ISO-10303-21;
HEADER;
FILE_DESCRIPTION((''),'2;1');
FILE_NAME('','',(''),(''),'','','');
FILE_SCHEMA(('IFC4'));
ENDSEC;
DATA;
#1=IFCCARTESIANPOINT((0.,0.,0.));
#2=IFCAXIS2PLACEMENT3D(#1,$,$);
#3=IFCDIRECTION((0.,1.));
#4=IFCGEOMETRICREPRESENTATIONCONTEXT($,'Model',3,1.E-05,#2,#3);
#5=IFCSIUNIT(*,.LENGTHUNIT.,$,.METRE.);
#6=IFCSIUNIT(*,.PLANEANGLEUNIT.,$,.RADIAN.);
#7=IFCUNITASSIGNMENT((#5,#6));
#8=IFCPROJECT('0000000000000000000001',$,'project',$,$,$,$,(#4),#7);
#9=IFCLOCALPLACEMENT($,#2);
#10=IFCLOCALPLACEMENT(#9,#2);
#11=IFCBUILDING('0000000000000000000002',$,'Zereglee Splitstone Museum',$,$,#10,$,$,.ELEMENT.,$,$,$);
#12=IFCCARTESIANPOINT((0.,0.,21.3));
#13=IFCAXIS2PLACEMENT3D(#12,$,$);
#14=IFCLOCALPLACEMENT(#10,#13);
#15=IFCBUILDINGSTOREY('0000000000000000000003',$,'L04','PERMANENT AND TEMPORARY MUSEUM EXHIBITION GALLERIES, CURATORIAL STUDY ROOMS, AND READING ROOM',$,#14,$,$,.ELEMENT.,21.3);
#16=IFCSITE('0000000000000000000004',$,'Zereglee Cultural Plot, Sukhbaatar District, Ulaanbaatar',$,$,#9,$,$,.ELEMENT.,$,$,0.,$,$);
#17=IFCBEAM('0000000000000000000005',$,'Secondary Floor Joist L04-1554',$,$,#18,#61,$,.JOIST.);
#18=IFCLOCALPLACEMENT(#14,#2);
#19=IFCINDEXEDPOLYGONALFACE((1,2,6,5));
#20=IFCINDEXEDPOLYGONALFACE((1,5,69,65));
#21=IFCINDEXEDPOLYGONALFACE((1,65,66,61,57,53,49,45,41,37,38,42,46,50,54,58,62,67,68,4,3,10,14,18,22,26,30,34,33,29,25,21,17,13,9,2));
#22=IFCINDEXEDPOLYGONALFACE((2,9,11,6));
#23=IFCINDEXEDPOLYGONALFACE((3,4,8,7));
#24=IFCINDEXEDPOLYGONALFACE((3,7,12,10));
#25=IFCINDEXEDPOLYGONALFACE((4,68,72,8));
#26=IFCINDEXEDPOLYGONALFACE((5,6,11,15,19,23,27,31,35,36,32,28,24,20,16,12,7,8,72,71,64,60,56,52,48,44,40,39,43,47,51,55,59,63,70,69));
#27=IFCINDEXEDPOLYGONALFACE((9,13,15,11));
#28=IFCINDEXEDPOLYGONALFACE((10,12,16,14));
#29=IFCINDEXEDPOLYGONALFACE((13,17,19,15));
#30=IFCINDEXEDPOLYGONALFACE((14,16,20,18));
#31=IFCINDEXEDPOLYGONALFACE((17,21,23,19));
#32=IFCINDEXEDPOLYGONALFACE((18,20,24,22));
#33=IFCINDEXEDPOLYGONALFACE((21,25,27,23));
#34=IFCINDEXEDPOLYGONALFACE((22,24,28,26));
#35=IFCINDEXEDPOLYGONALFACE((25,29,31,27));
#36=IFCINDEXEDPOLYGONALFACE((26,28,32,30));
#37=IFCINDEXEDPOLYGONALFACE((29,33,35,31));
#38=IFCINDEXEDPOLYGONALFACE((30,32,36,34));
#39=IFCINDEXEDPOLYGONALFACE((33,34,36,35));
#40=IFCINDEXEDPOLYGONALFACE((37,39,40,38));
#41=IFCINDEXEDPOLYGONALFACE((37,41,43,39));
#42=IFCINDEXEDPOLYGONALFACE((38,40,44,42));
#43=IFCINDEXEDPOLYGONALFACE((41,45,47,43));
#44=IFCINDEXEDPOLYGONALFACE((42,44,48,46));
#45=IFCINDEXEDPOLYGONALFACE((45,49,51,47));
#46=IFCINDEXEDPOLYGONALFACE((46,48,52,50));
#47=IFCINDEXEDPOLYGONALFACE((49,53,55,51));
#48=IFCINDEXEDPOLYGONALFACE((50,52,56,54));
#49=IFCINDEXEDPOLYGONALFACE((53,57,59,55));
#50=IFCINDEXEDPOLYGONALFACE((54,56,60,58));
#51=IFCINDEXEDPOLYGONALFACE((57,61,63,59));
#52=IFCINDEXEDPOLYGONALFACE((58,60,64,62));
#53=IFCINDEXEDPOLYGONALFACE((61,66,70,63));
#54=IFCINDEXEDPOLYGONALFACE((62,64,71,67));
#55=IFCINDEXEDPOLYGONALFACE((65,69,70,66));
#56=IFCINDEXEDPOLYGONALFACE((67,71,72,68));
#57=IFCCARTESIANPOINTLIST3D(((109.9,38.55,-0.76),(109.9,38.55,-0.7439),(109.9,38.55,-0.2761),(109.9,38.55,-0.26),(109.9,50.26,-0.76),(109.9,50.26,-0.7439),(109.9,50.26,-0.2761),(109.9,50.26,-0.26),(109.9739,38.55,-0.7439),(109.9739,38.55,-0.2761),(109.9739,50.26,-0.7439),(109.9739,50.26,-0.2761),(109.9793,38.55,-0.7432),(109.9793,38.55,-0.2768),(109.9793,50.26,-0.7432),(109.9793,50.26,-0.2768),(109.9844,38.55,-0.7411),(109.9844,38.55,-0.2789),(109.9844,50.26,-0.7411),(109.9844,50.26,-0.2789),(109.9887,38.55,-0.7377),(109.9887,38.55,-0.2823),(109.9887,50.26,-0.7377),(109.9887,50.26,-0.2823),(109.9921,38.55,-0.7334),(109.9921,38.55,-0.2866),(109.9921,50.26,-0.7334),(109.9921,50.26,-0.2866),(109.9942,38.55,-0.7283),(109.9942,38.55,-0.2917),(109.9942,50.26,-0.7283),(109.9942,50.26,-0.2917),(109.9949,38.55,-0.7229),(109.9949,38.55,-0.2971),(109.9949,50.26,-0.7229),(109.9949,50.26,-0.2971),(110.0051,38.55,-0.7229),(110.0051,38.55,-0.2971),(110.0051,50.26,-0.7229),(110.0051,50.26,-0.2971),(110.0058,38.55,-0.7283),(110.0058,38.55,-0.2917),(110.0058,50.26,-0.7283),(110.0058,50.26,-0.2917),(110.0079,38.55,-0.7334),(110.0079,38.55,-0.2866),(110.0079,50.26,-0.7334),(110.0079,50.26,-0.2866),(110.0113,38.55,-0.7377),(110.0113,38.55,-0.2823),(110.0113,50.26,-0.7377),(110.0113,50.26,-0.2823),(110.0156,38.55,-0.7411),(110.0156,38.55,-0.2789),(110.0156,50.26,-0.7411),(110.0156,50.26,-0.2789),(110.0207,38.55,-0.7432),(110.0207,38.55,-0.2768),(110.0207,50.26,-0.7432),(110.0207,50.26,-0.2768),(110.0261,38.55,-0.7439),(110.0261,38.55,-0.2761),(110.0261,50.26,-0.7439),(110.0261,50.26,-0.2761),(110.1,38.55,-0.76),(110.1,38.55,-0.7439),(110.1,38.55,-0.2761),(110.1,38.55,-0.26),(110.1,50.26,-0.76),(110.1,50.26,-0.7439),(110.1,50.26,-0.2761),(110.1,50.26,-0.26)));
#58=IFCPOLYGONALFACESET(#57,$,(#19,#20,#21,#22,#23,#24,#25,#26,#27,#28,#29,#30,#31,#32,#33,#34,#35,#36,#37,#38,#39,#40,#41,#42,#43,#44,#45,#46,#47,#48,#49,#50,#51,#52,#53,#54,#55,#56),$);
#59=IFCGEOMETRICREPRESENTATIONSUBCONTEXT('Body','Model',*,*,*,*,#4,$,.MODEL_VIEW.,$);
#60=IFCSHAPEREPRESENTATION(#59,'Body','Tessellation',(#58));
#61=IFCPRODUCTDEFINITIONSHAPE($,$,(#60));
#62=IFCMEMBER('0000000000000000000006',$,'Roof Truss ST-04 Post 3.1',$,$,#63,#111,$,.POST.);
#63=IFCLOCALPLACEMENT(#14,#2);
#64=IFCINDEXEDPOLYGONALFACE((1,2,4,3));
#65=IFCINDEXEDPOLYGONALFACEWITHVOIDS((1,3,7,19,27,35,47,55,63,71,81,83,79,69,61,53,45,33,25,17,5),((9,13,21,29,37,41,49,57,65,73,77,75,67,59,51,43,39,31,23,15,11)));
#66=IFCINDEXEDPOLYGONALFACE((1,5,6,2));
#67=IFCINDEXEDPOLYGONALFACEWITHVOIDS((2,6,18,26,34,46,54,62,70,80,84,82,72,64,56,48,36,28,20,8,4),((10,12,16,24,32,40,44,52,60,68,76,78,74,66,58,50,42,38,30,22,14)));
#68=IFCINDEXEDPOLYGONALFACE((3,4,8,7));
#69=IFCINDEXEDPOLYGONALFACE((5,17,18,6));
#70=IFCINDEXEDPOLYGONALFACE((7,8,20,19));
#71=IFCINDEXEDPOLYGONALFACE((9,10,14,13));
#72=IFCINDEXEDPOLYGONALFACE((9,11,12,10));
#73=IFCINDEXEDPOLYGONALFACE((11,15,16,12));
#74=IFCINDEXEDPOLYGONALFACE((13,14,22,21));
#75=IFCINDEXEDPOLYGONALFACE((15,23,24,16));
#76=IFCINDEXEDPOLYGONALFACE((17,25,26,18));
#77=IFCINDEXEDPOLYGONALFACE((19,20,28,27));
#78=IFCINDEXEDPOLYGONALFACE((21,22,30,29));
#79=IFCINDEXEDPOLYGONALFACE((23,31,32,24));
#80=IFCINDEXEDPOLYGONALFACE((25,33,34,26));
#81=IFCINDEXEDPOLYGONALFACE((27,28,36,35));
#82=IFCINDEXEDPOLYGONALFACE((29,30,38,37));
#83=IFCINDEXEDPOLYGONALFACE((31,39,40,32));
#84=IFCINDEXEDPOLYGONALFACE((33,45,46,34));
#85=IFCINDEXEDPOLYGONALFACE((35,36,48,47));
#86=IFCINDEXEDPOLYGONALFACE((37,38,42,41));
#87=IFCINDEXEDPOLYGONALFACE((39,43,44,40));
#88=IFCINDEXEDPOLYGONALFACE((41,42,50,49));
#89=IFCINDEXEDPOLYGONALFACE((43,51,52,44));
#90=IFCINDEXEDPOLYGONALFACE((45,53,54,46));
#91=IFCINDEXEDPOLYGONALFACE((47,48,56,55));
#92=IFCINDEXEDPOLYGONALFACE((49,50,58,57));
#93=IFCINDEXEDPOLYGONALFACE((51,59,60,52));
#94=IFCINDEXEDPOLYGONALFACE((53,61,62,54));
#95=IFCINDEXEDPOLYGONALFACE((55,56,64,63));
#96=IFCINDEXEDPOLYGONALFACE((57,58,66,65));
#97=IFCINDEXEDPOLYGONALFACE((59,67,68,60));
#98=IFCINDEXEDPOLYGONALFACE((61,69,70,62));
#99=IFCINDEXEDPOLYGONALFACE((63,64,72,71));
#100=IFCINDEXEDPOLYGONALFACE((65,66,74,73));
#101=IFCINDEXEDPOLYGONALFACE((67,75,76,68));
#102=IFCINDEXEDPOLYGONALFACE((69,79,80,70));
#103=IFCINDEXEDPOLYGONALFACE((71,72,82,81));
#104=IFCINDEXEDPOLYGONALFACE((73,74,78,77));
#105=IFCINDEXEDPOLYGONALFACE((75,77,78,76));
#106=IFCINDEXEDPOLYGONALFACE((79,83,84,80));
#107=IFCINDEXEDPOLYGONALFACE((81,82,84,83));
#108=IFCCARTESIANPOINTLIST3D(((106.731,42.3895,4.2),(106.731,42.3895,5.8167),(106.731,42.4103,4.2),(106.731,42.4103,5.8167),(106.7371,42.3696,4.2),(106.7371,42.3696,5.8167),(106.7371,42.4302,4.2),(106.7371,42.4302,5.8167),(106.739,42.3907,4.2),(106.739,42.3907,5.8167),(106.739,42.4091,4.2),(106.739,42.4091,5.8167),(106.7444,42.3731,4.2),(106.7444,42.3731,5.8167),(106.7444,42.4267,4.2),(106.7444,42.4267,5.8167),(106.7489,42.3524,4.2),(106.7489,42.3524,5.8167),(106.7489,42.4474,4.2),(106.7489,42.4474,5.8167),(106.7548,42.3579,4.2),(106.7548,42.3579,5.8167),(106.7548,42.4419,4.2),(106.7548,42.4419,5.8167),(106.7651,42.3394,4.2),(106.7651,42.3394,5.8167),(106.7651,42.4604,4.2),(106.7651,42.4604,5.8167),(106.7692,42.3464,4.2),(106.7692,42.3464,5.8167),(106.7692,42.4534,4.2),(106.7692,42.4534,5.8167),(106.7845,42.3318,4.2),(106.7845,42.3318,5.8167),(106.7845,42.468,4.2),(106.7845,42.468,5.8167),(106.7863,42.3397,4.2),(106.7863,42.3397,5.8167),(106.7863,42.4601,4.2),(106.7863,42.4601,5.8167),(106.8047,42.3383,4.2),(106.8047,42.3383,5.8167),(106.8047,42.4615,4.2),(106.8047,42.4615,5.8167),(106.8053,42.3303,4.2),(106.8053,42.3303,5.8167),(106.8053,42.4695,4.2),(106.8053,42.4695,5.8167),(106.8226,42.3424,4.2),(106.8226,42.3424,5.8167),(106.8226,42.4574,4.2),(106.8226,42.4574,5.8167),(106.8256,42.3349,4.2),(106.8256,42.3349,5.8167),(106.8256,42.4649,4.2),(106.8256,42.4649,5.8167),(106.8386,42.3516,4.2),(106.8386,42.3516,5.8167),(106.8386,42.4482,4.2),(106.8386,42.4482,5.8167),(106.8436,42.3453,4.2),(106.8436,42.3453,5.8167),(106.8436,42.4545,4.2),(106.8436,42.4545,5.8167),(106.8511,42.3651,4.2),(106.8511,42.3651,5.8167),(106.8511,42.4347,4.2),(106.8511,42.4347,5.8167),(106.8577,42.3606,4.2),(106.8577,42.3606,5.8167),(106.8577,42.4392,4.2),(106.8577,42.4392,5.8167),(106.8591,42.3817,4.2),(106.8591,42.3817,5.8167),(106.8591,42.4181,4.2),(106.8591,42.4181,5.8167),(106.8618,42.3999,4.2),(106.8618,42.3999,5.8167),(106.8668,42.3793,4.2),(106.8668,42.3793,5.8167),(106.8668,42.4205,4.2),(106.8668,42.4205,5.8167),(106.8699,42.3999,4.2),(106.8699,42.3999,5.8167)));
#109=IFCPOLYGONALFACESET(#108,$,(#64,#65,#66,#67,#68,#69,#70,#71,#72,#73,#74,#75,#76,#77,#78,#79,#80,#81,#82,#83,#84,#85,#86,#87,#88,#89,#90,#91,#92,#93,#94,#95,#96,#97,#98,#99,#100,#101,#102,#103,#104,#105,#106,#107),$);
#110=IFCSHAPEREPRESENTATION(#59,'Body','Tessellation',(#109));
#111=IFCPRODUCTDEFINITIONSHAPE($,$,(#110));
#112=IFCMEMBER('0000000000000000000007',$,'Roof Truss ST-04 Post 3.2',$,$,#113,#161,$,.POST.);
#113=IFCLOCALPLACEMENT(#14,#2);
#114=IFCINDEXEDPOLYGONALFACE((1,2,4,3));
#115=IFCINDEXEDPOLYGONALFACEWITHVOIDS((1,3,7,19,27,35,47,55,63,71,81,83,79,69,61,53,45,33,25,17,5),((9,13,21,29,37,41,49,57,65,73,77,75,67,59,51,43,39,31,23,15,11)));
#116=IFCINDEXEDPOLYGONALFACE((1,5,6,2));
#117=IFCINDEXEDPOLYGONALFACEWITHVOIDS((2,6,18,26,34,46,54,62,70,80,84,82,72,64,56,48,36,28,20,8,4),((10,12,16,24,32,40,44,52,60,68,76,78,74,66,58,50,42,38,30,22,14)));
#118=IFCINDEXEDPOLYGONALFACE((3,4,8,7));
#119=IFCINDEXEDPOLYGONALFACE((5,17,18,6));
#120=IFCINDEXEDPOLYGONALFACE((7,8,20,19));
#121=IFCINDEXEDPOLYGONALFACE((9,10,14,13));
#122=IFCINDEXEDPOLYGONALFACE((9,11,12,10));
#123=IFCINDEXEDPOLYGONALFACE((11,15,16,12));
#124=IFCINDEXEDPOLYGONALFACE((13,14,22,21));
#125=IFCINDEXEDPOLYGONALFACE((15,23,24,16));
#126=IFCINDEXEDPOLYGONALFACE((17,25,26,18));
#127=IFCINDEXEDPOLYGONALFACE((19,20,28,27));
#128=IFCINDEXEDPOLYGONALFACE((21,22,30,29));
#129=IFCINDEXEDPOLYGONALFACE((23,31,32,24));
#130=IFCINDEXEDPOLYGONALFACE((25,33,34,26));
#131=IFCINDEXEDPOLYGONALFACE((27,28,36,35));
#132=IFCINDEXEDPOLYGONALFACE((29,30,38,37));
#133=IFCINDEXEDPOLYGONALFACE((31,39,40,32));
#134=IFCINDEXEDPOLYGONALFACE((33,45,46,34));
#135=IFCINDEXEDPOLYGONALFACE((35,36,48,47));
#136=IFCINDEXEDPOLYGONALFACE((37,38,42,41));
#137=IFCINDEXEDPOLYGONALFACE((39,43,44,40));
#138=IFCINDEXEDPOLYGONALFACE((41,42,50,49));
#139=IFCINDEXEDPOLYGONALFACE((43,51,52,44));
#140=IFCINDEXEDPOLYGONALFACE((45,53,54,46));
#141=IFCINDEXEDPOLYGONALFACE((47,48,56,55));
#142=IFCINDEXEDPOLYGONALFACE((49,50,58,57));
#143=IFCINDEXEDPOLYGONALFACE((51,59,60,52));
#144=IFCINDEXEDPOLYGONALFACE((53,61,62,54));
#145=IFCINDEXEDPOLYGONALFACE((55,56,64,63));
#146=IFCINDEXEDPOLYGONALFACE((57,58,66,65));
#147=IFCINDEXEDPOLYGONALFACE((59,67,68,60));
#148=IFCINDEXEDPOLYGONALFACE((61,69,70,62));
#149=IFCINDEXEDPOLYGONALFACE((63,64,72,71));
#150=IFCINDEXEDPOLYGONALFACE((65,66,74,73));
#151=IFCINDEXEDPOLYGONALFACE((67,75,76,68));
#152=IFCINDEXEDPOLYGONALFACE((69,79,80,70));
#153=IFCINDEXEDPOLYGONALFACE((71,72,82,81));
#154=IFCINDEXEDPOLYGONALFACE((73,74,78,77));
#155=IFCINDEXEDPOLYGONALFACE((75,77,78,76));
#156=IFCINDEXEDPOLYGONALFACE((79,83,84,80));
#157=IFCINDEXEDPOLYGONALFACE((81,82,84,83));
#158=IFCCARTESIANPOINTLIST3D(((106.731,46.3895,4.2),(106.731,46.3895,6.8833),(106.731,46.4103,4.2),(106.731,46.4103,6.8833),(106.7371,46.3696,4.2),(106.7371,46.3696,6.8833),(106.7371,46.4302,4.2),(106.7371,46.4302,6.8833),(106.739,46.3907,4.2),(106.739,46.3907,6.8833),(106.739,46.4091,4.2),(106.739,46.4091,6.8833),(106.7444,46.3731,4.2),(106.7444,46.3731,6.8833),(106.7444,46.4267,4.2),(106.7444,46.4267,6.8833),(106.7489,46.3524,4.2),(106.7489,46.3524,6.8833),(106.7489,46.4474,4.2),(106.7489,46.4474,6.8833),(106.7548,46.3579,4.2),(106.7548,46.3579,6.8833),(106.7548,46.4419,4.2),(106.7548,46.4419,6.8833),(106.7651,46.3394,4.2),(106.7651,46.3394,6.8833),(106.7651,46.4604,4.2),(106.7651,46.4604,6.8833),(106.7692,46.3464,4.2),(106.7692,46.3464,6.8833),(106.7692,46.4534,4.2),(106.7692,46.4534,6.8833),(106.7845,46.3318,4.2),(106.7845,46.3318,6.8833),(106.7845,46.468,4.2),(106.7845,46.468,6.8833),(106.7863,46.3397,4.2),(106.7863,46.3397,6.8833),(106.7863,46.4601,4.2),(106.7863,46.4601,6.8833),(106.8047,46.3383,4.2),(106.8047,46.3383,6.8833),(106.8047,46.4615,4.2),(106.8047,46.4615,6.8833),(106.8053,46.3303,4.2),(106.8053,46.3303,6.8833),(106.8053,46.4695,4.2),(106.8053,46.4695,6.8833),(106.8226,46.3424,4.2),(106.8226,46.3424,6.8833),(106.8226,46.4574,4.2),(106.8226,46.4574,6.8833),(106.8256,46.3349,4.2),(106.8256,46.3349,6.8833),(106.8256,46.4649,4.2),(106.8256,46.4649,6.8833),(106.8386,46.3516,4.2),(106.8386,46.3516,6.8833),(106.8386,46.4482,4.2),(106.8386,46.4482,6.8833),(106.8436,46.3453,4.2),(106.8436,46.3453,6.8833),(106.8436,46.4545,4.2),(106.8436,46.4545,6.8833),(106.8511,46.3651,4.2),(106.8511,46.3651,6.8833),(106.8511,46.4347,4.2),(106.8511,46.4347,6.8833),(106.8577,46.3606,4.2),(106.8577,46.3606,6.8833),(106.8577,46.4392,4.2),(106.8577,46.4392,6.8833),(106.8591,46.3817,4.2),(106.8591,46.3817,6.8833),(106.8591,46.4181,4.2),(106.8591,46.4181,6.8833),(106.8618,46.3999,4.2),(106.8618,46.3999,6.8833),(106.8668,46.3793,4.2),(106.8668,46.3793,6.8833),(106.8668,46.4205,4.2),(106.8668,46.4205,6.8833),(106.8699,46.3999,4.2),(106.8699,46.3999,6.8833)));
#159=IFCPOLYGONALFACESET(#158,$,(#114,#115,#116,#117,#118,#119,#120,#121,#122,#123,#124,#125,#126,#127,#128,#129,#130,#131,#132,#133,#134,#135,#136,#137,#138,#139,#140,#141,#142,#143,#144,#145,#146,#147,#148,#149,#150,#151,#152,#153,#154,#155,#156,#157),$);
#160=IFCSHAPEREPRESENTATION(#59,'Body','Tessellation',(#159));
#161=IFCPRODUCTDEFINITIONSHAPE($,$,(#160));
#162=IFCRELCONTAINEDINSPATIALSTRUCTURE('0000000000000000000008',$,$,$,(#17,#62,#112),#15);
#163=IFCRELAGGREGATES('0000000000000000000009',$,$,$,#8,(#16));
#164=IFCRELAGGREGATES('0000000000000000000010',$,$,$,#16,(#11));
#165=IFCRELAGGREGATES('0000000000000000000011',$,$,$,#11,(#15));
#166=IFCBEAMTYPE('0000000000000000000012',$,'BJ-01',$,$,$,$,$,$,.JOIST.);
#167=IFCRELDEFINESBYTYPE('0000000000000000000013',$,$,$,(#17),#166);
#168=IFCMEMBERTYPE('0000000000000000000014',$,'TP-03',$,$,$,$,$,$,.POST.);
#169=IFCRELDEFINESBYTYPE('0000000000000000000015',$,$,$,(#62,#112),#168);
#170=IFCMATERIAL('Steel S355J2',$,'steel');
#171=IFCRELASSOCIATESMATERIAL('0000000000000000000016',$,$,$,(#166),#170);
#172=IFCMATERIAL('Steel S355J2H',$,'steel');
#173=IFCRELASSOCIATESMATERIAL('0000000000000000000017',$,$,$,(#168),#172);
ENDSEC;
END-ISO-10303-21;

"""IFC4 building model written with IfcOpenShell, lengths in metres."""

from ifc_helpers import new_model, si_unit, direction, frame, origin, origin_2d, place, context, subcontext, project, spatial, hollow_circle, i_section, extrude, material, material_profile, profile_set, type_object, element, save


model = new_model("IFC4")

# Units and contexts
model_context = context("Model", 3, precision=1e-05, world=origin(), true_north=direction((0.0, 1.0)))
body_context = subcontext(model_context, "Body", "Model", "MODEL_VIEW")
ifc_project = project(units=[si_unit("LENGTHUNIT", "METRE"), si_unit("PLANEANGLEUNIT", "RADIAN")], contexts=[model_context])

# Site, building, storey
site_placement = place(None, origin())
site = spatial("IfcSite", under=ifc_project, at=site_placement, Name="Zereglee Cultural Plot, Sukhbaatar District, Ulaanbaatar", CompositionType="ELEMENT", RefElevation=0.0)
building_placement = place(site_placement, origin())
building = spatial("IfcBuilding", under=site, at=building_placement, Name="Zereglee Splitstone Museum", CompositionType="ELEMENT")
storey_placement = place(building_placement, frame((0.0, 0.0, 21.3)))
storey = spatial("IfcBuildingStorey", under=building, at=storey_placement, Name="L04", Description="PERMANENT AND TEMPORARY MUSEUM EXHIBITION GALLERIES, CURATORIAL STUDY ROOMS, AND READING ROOM", CompositionType="ELEMENT", Elevation=21.3)

# Shared definitions
ifc_material_1 = material(Name="Steel S355J2", Category="steel")

# Shared definitions
ifc_material_2 = material(Name="Steel S355J2H", Category="steel")

# Beam
ifc_material_profile_1 = material_profile(ifc_material_1, i_section(OverallWidth=0.2, OverallDepth=0.5, WebThickness=0.0103, FlangeThickness=0.0161, FilletRadius=0.021, at=origin_2d()), Name="IPE 500")
ifc_profile_set_1 = profile_set([ifc_material_profile_1], Name="Steel S355J2")
beam_type_1 = type_object("IfcBeamType", Name="BJ-01", PredefinedType="JOIST", material=ifc_profile_set_1)
beam_1_placement = place(storey_placement, frame((110.0, 38.55, -0.51), z_axis=(0.0, 1.0, 0.0), x_axis=(-1.0, 0.0, 0.0)))
element("IfcBeam", 1, at=beam_1_placement, inside=storey, type_object=beam_type_1, Name="Secondary Floor Joist L04-1554", PredefinedType="JOIST", context=body_context, shape_type="SweptSolid", body=[
    extrude(i_section(OverallWidth=0.2, OverallDepth=0.5, WebThickness=0.0103, FlangeThickness=0.0161, FilletRadius=0.021, at=origin_2d()), origin(), (0.0, 0.0, 1.0), 11.71),
])

# Members
ifc_material_profile_2 = material_profile(ifc_material_2, hollow_circle(Radius=0.0698, WallThickness=0.0081, at=origin_2d()), Name="CHS 139.7x8")
ifc_profile_set_2 = profile_set([ifc_material_profile_2], Name="Steel S355J2H")
member_type_1 = type_object("IfcMemberType", Name="TP-03", PredefinedType="POST", material=ifc_profile_set_2)
member_1_placement = place(storey_placement, frame((106.8, 42.3999, 4.2), z_axis=(0.0, 0.0, 1.0), x_axis=(1.0, 0.0, 0.0)))
element("IfcMember", 2, at=member_1_placement, inside=storey, type_object=member_type_1, Name="Roof Truss ST-04 Post 3.1", PredefinedType="POST", context=body_context, shape_type="SweptSolid", body=[
    extrude(hollow_circle(Radius=0.0698, WallThickness=0.0081, at=origin_2d()), origin(), (0.0, 0.0, 1.0), 1.6167),
])
member_2_placement = place(storey_placement, frame((106.8, 46.3999, 4.2), z_axis=(0.0, 0.0, 1.0), x_axis=(1.0, 0.0, 0.0)))
element("IfcMember", 3, at=member_2_placement, inside=storey, type_object=member_type_1, Name="Roof Truss ST-04 Post 3.2", PredefinedType="POST", context=body_context, shape_type="SweptSolid", body=[
    extrude(hollow_circle(Radius=0.0698, WallThickness=0.0081, at=origin_2d()), origin(), (0.0, 0.0, 1.0), 2.6833),
])

save(model, "model.ifc")
